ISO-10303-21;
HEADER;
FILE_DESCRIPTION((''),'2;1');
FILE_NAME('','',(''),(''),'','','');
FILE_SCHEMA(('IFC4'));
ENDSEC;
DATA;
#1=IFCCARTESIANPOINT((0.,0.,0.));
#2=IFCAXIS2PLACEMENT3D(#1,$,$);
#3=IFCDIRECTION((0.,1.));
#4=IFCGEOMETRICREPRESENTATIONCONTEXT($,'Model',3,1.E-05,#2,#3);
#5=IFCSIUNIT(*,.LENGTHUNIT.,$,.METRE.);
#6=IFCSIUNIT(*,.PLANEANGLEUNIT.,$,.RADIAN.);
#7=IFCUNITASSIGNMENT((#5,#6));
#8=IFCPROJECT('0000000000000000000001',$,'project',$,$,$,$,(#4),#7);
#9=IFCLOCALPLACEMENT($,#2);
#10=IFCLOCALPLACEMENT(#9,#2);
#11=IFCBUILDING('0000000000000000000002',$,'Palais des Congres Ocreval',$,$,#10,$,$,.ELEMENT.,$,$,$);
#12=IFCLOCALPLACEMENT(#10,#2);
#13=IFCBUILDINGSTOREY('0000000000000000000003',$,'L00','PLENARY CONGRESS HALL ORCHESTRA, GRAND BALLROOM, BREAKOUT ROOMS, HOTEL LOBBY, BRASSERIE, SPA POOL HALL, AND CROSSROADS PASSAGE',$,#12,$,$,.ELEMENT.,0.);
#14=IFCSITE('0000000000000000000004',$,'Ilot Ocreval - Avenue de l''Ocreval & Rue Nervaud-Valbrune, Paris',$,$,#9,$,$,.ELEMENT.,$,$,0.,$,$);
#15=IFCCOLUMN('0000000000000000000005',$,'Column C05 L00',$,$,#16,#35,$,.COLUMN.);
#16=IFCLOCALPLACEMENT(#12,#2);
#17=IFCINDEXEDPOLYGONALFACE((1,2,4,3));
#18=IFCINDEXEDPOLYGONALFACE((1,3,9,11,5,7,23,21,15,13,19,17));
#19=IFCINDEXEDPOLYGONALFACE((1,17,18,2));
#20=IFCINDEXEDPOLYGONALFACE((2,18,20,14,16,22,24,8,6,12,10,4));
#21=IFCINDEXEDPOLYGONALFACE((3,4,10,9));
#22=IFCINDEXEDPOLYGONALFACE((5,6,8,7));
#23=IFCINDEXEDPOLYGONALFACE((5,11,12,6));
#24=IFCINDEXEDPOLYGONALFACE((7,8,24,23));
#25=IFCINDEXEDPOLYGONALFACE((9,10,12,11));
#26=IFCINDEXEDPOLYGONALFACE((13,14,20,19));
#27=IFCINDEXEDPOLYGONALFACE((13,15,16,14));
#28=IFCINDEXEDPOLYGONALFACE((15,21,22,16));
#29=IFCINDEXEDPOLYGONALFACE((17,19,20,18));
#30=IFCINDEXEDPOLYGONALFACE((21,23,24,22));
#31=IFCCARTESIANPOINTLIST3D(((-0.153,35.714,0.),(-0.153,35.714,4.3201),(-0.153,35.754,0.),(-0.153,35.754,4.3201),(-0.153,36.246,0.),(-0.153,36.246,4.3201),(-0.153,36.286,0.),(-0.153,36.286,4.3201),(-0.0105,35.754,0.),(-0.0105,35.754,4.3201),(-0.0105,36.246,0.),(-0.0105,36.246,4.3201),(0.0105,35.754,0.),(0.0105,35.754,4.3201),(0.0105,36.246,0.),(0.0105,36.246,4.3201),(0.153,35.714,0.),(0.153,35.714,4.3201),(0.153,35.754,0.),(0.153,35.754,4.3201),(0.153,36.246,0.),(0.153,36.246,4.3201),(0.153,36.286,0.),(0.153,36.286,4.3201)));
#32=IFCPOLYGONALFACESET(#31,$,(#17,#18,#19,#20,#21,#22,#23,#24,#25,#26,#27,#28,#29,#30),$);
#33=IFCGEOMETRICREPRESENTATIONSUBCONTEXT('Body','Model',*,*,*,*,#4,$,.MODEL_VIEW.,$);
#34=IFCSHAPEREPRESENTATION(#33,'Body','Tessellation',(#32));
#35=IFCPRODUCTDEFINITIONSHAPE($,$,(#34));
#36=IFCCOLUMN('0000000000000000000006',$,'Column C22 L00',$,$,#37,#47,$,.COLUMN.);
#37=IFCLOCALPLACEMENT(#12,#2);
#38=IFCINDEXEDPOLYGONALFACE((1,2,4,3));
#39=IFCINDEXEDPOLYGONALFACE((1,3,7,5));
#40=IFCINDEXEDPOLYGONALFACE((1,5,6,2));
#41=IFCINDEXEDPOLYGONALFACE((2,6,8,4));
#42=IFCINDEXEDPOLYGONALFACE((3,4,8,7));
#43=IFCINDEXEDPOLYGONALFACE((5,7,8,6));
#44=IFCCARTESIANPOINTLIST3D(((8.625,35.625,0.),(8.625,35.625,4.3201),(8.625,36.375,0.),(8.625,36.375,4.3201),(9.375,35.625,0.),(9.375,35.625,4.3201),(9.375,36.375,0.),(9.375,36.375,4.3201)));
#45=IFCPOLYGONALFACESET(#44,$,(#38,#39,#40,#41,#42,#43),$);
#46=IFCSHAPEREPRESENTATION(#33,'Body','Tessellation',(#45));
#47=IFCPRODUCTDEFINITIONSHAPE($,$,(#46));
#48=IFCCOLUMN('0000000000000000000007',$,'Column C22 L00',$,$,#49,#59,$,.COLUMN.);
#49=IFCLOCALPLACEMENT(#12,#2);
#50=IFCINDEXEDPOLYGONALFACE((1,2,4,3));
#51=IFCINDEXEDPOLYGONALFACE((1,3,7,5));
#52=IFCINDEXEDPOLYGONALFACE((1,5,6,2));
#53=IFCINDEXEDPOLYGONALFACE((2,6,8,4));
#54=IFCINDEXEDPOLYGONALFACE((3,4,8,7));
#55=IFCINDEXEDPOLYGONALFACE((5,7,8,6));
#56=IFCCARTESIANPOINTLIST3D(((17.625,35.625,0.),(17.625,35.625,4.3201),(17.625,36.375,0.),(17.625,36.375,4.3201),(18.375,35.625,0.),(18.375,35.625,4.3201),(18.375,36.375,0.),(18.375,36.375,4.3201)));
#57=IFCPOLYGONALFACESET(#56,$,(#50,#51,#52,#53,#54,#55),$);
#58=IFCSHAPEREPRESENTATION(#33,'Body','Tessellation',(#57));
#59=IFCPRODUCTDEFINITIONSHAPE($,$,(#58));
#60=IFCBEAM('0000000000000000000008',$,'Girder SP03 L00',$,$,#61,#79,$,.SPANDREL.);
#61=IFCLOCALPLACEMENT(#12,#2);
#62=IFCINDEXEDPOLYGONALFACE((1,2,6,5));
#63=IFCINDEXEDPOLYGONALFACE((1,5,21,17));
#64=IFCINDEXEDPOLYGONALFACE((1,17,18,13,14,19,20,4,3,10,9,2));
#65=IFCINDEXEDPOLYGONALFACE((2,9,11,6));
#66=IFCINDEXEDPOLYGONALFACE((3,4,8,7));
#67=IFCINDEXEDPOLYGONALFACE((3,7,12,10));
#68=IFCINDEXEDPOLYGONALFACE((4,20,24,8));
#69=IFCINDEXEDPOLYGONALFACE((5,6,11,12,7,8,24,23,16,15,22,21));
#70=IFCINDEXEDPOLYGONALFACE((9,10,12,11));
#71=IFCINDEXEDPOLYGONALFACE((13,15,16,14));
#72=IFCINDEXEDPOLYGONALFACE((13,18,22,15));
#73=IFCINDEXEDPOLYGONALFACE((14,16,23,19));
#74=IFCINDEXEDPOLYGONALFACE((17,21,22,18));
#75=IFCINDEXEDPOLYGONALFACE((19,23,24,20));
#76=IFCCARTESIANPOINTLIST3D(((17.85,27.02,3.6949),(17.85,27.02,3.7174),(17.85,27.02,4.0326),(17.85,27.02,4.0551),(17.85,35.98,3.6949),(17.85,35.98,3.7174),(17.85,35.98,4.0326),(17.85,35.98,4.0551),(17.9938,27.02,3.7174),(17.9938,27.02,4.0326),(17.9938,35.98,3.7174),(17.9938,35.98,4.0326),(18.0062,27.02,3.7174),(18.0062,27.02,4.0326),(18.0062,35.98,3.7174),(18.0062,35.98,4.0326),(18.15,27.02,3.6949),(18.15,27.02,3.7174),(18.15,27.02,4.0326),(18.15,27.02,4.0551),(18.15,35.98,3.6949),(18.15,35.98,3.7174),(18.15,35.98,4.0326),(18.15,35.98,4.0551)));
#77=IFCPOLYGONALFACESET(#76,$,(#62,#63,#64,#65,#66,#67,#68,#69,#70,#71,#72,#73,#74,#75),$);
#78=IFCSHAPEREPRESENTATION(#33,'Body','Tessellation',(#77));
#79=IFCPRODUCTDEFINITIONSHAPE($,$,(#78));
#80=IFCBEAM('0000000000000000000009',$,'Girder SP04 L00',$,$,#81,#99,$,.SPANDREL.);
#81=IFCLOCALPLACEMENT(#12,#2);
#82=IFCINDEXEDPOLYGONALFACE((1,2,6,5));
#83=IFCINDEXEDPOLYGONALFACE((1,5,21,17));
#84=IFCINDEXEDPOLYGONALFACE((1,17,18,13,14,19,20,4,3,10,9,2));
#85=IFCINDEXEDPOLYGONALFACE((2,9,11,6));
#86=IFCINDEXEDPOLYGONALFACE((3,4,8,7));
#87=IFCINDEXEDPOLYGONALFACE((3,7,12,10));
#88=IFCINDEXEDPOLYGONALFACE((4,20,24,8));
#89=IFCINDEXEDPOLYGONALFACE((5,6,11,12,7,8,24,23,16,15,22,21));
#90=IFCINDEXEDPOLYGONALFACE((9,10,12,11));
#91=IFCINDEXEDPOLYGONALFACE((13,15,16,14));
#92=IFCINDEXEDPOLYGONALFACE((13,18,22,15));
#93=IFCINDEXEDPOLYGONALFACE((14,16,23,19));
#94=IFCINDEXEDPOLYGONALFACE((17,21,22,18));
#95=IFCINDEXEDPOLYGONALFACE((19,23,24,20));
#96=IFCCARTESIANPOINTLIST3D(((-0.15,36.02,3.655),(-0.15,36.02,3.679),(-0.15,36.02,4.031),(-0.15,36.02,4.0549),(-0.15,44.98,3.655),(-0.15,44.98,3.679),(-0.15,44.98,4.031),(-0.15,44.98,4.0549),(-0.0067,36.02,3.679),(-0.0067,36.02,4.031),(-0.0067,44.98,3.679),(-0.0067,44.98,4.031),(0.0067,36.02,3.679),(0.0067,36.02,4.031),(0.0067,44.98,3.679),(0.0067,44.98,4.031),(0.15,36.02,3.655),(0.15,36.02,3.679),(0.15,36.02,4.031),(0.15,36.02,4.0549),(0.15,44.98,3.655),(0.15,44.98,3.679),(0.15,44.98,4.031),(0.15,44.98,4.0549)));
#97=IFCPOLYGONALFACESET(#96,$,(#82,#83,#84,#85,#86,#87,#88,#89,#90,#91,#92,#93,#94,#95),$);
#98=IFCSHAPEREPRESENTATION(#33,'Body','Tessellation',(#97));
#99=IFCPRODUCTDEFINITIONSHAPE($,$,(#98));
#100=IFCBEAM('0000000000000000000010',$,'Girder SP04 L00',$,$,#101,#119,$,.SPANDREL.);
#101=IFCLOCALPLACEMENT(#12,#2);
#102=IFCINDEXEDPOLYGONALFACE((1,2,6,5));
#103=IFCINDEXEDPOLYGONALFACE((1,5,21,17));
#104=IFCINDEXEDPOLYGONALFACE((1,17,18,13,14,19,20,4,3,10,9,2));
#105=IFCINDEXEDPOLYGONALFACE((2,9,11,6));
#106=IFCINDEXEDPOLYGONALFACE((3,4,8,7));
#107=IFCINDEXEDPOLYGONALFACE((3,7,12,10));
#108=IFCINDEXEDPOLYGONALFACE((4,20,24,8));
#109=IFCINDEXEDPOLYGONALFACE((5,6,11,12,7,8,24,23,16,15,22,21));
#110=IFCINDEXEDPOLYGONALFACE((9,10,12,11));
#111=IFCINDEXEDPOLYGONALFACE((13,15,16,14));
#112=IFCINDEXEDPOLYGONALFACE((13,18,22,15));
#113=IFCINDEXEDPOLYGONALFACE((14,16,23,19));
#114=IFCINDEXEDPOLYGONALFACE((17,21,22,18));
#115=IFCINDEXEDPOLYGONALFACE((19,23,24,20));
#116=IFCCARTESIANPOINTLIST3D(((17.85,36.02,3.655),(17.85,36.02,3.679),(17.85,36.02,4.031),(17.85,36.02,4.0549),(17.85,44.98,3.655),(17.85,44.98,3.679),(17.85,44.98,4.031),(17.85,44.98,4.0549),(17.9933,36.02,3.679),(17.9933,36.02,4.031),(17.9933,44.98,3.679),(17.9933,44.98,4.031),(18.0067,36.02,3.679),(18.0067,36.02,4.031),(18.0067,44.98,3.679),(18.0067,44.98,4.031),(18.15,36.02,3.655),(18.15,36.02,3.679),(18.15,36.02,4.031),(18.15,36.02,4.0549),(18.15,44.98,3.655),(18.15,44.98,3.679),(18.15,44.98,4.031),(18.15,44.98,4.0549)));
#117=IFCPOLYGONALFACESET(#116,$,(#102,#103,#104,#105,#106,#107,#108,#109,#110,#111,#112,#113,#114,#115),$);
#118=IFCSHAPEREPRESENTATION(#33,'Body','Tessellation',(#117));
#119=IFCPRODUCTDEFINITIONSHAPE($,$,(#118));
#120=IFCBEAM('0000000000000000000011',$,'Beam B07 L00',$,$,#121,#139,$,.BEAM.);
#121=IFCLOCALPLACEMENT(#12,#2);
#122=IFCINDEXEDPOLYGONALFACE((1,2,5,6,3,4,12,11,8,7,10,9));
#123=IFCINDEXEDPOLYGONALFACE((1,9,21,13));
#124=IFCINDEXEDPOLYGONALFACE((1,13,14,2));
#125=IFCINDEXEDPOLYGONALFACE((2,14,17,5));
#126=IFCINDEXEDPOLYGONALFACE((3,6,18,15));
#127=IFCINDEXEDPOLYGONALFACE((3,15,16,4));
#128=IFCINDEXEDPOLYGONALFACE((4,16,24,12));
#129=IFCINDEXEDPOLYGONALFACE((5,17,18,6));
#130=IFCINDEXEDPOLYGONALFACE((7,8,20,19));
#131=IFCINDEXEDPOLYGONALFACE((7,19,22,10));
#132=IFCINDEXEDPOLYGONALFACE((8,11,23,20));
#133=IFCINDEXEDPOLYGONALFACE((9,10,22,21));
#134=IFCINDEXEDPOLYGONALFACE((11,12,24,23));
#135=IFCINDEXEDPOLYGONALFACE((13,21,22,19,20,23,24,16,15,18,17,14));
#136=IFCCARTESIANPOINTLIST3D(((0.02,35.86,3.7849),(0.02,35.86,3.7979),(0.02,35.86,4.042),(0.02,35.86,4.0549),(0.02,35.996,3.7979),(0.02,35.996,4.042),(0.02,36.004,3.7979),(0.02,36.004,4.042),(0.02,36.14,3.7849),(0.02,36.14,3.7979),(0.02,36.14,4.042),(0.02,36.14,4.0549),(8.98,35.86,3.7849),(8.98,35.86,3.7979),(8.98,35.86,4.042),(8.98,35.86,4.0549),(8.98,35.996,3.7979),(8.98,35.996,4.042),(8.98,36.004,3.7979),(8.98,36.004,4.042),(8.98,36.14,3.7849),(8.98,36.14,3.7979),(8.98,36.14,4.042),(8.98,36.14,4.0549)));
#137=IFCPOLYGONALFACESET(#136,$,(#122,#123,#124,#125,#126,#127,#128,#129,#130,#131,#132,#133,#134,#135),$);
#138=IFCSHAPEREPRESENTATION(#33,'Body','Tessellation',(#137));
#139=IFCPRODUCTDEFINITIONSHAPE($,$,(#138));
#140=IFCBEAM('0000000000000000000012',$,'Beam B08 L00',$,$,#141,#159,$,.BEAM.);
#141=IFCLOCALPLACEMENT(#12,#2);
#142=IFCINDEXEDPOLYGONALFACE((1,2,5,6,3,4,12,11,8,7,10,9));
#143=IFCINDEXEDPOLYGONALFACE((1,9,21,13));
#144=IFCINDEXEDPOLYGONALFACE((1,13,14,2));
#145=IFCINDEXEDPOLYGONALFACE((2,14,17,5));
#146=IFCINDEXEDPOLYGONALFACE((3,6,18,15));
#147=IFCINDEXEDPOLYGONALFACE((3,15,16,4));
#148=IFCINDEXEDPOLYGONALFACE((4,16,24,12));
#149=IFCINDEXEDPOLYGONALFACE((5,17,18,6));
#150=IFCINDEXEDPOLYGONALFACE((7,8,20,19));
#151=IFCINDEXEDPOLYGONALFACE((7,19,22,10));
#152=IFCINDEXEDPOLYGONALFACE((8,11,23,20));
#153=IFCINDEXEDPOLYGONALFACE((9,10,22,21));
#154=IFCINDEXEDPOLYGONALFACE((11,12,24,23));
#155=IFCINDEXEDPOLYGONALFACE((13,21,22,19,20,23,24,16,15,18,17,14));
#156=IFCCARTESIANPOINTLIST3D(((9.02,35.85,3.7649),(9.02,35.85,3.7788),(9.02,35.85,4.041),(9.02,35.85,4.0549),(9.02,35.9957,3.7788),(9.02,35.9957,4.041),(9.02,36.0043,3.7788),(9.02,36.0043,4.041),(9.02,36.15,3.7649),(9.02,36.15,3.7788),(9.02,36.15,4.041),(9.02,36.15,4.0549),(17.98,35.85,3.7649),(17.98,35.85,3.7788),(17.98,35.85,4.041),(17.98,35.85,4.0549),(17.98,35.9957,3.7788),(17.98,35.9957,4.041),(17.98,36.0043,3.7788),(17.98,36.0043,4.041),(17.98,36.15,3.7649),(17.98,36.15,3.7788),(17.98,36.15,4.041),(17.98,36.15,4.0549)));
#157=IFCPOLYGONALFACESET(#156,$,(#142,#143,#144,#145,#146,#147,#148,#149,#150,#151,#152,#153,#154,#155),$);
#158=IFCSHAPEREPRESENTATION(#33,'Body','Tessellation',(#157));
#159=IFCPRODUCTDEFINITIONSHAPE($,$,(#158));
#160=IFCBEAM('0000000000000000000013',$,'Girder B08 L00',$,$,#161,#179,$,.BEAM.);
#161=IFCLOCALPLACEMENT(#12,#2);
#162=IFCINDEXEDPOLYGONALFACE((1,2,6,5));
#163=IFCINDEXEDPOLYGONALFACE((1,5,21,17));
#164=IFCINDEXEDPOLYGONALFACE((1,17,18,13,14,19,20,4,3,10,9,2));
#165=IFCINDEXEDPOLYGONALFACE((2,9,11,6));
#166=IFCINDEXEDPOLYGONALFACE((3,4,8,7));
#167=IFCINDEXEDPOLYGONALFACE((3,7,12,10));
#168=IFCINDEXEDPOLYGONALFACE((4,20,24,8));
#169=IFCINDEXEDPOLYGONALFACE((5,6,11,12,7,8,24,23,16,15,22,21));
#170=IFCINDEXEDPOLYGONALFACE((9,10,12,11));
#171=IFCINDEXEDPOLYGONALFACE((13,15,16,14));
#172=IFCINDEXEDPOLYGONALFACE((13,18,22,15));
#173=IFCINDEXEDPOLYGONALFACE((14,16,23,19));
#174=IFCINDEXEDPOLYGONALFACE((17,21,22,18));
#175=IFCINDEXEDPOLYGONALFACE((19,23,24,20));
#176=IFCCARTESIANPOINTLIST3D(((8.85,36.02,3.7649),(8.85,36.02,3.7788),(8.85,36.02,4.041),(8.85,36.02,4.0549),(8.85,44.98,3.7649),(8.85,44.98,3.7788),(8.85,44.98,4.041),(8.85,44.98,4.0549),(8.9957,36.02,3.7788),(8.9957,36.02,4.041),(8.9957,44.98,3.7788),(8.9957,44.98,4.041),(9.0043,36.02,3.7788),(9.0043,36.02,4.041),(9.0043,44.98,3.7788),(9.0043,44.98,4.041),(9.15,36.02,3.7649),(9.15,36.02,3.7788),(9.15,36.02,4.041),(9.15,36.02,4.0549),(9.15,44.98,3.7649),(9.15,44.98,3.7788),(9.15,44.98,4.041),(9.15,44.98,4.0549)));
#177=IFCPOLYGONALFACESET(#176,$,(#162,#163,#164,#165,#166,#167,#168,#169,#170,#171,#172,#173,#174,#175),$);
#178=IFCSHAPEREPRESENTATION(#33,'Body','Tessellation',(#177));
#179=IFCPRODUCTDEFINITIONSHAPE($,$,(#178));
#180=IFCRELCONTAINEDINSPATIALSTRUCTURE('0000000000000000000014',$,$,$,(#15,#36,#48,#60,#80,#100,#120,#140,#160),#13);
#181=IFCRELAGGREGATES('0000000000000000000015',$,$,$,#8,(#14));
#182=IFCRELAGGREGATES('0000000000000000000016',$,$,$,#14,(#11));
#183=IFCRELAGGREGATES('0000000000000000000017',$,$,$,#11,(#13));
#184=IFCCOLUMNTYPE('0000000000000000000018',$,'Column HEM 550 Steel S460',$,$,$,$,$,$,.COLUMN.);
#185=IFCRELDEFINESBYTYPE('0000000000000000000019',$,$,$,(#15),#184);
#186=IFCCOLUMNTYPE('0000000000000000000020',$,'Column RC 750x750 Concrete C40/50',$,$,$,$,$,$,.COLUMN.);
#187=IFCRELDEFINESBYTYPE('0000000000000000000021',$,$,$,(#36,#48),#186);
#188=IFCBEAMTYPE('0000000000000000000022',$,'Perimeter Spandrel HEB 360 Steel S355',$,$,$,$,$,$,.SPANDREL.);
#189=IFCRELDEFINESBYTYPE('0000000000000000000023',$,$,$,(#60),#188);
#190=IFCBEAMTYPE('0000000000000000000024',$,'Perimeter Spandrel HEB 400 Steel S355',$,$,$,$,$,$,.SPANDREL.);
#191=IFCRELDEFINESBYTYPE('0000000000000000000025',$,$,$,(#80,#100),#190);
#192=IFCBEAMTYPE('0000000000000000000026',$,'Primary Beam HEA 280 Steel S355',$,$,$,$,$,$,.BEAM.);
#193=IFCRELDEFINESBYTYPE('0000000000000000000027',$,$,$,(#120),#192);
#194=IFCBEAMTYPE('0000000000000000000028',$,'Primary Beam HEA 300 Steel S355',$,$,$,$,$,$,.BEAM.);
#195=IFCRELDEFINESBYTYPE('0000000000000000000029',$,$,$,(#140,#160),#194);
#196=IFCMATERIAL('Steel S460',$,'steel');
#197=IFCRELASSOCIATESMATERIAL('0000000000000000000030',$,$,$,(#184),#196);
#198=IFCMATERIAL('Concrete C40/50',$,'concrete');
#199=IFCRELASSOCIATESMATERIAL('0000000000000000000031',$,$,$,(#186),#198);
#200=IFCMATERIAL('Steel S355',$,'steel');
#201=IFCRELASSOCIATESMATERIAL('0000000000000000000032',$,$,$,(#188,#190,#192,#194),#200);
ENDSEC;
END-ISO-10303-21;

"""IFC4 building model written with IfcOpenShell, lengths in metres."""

from ifc_helpers import new_model, si_unit, direction, frame, origin, origin_2d, place, context, subcontext, project, spatial, rectangle, i_section, extrude, material, material_profile, profile_set, type_object, element, save


model = new_model("IFC4")

# Units and contexts
model_context = context("Model", 3, precision=1e-05, world=origin(), true_north=direction((0.0, 1.0)))
body_context = subcontext(model_context, "Body", "Model", "MODEL_VIEW")
ifc_project = project(units=[si_unit("LENGTHUNIT", "METRE"), si_unit("PLANEANGLEUNIT", "RADIAN")], contexts=[model_context])

# Site, building, storey
site_placement = place(None, origin())
site = spatial("IfcSite", under=ifc_project, at=site_placement, Name="Ilot Ocreval - Avenue de l'Ocreval & Rue Nervaud-Valbrune, Paris", CompositionType="ELEMENT", RefElevation=0.0)
building_placement = place(site_placement, origin())
building = spatial("IfcBuilding", under=site, at=building_placement, Name="Palais des Congres Ocreval", CompositionType="ELEMENT")
storey_placement = place(building_placement, origin())
storey = spatial("IfcBuildingStorey", under=building, at=storey_placement, Name="L00", Description="PLENARY CONGRESS HALL ORCHESTRA, GRAND BALLROOM, BREAKOUT ROOMS, HOTEL LOBBY, BRASSERIE, SPA POOL HALL, AND CROSSROADS PASSAGE", CompositionType="ELEMENT", Elevation=0.0)

# Columns
ifc_material_1 = material(Name="Steel S460", Category="steel")
ifc_material_profile_1 = material_profile(ifc_material_1, i_section(OverallWidth=0.3059, OverallDepth=0.572, WebThickness=0.021, FlangeThickness=0.04, at=origin_2d()), Name="HEM 550")
ifc_profile_set_1 = profile_set([ifc_material_profile_1], Name="Steel S460")
column_type_1 = type_object("IfcColumnType", Name="Column HEM 550 Steel S460", PredefinedType="COLUMN", material=ifc_profile_set_1)
column_placement = place(storey_placement, frame((0.0, 36.0, 0.0), z_axis=(0.0, 0.0, 1.0), x_axis=(1.0, 0.0, 0.0)))
element("IfcColumn", 1, at=column_placement, inside=storey, type_object=column_type_1, Name="Column C05 L00", PredefinedType="COLUMN", context=body_context, shape_type="SweptSolid", body=[
    extrude(i_section(OverallWidth=0.3059, OverallDepth=0.572, WebThickness=0.021, FlangeThickness=0.04, at=origin_2d()), origin(), (0.0, 0.0, 1.0), 4.3201),
])
ifc_material_2 = material(Name="Concrete C40/50", Category="concrete")
ifc_material_profile_2 = material_profile(ifc_material_2, rectangle(XDim=0.75, YDim=0.75, at=origin_2d()), Name="RC 750x750")
ifc_profile_set_2 = profile_set([ifc_material_profile_2], Name="Concrete C40/50")
column_type_2 = type_object("IfcColumnType", Name="Column RC 750x750 Concrete C40/50", PredefinedType="COLUMN", material=ifc_profile_set_2)
for number, where, z_axis, x_axis, name in (
    (2, (9.0, 36.0, 0.0), (0.0, 0.0, 1.0), (1.0, 0.0, 0.0), "Column C22 L00"),
    (3, (18.0, 36.0, 0.0), (0.0, 0.0, 1.0), (1.0, 0.0, 0.0), "Column C22 L00"),
):
    element("IfcColumn", number, at=place(storey_placement, frame(where, z_axis=z_axis, x_axis=x_axis)), inside=storey, type_object=column_type_2, Name=name, PredefinedType="COLUMN", context=body_context, shape_type="SweptSolid", body=[
        extrude(rectangle(XDim=0.75, YDim=0.75, at=origin_2d()), origin(), (0.0, 0.0, 1.0), 4.3201),
    ])

# Beams
ifc_material_3 = material(Name="Steel S355", Category="steel")
ifc_material_profile_3 = material_profile(ifc_material_3, i_section(OverallWidth=0.3, OverallDepth=0.3601, WebThickness=0.0125, FlangeThickness=0.0225, at=origin_2d()), Name="HEB 360")
ifc_profile_set_3 = profile_set([ifc_material_profile_3], Name="Steel S355")
beam_type_1 = type_object("IfcBeamType", Name="Perimeter Spandrel HEB 360 Steel S355", PredefinedType="SPANDREL", material=ifc_profile_set_3)
beam_1_placement = place(storey_placement, frame((18.0, 27.02, 3.875), z_axis=(0.0, 1.0, 0.0), x_axis=(-1.0, 0.0, 0.0)))
element("IfcBeam", 4, at=beam_1_placement, inside=storey, type_object=beam_type_1, Name="Girder SP03 L00", PredefinedType="SPANDREL", context=body_context, shape_type="SweptSolid", body=[
    extrude(i_section(OverallWidth=0.3, OverallDepth=0.3601, WebThickness=0.0125, FlangeThickness=0.0225, at=origin_2d()), origin(), (0.0, 0.0, 1.0), 8.96),
])
ifc_material_profile_4 = material_profile(ifc_material_3, i_section(OverallWidth=0.3, OverallDepth=0.3999, WebThickness=0.0134, FlangeThickness=0.0239, at=origin_2d()), Name="HEB 400")
ifc_profile_set_4 = profile_set([ifc_material_profile_4], Name="Steel S355")
beam_type_2 = type_object("IfcBeamType", Name="Perimeter Spandrel HEB 400 Steel S355", PredefinedType="SPANDREL", material=ifc_profile_set_4)
for number, where, z_axis, x_axis, name in (
    (5, (0.0, 36.02, 3.855), (0.0, 1.0, 0.0), (-1.0, 0.0, 0.0), "Girder SP04 L00"),
    (6, (18.0, 36.02, 3.855), (0.0, 1.0, 0.0), (-1.0, 0.0, 0.0), "Girder SP04 L00"),
):
    element("IfcBeam", number, at=place(storey_placement, frame(where, z_axis=z_axis, x_axis=x_axis)), inside=storey, type_object=beam_type_2, Name=name, PredefinedType="SPANDREL", context=body_context, shape_type="SweptSolid", body=[
        extrude(i_section(OverallWidth=0.3, OverallDepth=0.3999, WebThickness=0.0134, FlangeThickness=0.0239, at=origin_2d()), origin(), (0.0, 0.0, 1.0), 8.96),
    ])
ifc_material_profile_5 = material_profile(ifc_material_3, i_section(OverallWidth=0.28, OverallDepth=0.27, WebThickness=0.0081, FlangeThickness=0.0129, at=origin_2d()), Name="HEA 280")
ifc_profile_set_5 = profile_set([ifc_material_profile_5], Name="Steel S355")
beam_type_3 = type_object("IfcBeamType", Name="Primary Beam HEA 280 Steel S355", PredefinedType="BEAM", material=ifc_profile_set_5)
beam_2_placement = place(storey_placement, frame((0.02, 36.0, 3.9199), z_axis=(1.0, 0.0, 0.0), x_axis=(0.0, 1.0, 0.0)))
element("IfcBeam", 7, at=beam_2_placement, inside=storey, type_object=beam_type_3, Name="Beam B07 L00", PredefinedType="BEAM", context=body_context, shape_type="SweptSolid", body=[
    extrude(i_section(OverallWidth=0.28, OverallDepth=0.27, WebThickness=0.0081, FlangeThickness=0.0129, at=origin_2d()), origin(), (0.0, 0.0, 1.0), 8.96),
])
ifc_material_profile_6 = material_profile(ifc_material_3, i_section(OverallWidth=0.3, OverallDepth=0.29, WebThickness=0.0085, FlangeThickness=0.0139, at=origin_2d()), Name="HEA 300")
ifc_profile_set_6 = profile_set([ifc_material_profile_6], Name="Steel S355")
beam_type_4 = type_object("IfcBeamType", Name="Primary Beam HEA 300 Steel S355", PredefinedType="BEAM", material=ifc_profile_set_6)
for number, where, z_axis, x_axis, name in (
    (8, (9.02, 36.0, 3.9099), (1.0, 0.0, 0.0), (0.0, 1.0, 0.0), "Beam B08 L00"),
    (9, (9.0, 36.02, 3.9099), (0.0, 1.0, 0.0), (-1.0, 0.0, 0.0), "Girder B08 L00"),
):
    element("IfcBeam", number, at=place(storey_placement, frame(where, z_axis=z_axis, x_axis=x_axis)), inside=storey, type_object=beam_type_4, Name=name, PredefinedType="BEAM", context=body_context, shape_type="SweptSolid", body=[
        extrude(i_section(OverallWidth=0.3, OverallDepth=0.29, WebThickness=0.0085, FlangeThickness=0.0139, at=origin_2d()), origin(), (0.0, 0.0, 1.0), 8.96),
    ])

save(model, "model.ifc")
